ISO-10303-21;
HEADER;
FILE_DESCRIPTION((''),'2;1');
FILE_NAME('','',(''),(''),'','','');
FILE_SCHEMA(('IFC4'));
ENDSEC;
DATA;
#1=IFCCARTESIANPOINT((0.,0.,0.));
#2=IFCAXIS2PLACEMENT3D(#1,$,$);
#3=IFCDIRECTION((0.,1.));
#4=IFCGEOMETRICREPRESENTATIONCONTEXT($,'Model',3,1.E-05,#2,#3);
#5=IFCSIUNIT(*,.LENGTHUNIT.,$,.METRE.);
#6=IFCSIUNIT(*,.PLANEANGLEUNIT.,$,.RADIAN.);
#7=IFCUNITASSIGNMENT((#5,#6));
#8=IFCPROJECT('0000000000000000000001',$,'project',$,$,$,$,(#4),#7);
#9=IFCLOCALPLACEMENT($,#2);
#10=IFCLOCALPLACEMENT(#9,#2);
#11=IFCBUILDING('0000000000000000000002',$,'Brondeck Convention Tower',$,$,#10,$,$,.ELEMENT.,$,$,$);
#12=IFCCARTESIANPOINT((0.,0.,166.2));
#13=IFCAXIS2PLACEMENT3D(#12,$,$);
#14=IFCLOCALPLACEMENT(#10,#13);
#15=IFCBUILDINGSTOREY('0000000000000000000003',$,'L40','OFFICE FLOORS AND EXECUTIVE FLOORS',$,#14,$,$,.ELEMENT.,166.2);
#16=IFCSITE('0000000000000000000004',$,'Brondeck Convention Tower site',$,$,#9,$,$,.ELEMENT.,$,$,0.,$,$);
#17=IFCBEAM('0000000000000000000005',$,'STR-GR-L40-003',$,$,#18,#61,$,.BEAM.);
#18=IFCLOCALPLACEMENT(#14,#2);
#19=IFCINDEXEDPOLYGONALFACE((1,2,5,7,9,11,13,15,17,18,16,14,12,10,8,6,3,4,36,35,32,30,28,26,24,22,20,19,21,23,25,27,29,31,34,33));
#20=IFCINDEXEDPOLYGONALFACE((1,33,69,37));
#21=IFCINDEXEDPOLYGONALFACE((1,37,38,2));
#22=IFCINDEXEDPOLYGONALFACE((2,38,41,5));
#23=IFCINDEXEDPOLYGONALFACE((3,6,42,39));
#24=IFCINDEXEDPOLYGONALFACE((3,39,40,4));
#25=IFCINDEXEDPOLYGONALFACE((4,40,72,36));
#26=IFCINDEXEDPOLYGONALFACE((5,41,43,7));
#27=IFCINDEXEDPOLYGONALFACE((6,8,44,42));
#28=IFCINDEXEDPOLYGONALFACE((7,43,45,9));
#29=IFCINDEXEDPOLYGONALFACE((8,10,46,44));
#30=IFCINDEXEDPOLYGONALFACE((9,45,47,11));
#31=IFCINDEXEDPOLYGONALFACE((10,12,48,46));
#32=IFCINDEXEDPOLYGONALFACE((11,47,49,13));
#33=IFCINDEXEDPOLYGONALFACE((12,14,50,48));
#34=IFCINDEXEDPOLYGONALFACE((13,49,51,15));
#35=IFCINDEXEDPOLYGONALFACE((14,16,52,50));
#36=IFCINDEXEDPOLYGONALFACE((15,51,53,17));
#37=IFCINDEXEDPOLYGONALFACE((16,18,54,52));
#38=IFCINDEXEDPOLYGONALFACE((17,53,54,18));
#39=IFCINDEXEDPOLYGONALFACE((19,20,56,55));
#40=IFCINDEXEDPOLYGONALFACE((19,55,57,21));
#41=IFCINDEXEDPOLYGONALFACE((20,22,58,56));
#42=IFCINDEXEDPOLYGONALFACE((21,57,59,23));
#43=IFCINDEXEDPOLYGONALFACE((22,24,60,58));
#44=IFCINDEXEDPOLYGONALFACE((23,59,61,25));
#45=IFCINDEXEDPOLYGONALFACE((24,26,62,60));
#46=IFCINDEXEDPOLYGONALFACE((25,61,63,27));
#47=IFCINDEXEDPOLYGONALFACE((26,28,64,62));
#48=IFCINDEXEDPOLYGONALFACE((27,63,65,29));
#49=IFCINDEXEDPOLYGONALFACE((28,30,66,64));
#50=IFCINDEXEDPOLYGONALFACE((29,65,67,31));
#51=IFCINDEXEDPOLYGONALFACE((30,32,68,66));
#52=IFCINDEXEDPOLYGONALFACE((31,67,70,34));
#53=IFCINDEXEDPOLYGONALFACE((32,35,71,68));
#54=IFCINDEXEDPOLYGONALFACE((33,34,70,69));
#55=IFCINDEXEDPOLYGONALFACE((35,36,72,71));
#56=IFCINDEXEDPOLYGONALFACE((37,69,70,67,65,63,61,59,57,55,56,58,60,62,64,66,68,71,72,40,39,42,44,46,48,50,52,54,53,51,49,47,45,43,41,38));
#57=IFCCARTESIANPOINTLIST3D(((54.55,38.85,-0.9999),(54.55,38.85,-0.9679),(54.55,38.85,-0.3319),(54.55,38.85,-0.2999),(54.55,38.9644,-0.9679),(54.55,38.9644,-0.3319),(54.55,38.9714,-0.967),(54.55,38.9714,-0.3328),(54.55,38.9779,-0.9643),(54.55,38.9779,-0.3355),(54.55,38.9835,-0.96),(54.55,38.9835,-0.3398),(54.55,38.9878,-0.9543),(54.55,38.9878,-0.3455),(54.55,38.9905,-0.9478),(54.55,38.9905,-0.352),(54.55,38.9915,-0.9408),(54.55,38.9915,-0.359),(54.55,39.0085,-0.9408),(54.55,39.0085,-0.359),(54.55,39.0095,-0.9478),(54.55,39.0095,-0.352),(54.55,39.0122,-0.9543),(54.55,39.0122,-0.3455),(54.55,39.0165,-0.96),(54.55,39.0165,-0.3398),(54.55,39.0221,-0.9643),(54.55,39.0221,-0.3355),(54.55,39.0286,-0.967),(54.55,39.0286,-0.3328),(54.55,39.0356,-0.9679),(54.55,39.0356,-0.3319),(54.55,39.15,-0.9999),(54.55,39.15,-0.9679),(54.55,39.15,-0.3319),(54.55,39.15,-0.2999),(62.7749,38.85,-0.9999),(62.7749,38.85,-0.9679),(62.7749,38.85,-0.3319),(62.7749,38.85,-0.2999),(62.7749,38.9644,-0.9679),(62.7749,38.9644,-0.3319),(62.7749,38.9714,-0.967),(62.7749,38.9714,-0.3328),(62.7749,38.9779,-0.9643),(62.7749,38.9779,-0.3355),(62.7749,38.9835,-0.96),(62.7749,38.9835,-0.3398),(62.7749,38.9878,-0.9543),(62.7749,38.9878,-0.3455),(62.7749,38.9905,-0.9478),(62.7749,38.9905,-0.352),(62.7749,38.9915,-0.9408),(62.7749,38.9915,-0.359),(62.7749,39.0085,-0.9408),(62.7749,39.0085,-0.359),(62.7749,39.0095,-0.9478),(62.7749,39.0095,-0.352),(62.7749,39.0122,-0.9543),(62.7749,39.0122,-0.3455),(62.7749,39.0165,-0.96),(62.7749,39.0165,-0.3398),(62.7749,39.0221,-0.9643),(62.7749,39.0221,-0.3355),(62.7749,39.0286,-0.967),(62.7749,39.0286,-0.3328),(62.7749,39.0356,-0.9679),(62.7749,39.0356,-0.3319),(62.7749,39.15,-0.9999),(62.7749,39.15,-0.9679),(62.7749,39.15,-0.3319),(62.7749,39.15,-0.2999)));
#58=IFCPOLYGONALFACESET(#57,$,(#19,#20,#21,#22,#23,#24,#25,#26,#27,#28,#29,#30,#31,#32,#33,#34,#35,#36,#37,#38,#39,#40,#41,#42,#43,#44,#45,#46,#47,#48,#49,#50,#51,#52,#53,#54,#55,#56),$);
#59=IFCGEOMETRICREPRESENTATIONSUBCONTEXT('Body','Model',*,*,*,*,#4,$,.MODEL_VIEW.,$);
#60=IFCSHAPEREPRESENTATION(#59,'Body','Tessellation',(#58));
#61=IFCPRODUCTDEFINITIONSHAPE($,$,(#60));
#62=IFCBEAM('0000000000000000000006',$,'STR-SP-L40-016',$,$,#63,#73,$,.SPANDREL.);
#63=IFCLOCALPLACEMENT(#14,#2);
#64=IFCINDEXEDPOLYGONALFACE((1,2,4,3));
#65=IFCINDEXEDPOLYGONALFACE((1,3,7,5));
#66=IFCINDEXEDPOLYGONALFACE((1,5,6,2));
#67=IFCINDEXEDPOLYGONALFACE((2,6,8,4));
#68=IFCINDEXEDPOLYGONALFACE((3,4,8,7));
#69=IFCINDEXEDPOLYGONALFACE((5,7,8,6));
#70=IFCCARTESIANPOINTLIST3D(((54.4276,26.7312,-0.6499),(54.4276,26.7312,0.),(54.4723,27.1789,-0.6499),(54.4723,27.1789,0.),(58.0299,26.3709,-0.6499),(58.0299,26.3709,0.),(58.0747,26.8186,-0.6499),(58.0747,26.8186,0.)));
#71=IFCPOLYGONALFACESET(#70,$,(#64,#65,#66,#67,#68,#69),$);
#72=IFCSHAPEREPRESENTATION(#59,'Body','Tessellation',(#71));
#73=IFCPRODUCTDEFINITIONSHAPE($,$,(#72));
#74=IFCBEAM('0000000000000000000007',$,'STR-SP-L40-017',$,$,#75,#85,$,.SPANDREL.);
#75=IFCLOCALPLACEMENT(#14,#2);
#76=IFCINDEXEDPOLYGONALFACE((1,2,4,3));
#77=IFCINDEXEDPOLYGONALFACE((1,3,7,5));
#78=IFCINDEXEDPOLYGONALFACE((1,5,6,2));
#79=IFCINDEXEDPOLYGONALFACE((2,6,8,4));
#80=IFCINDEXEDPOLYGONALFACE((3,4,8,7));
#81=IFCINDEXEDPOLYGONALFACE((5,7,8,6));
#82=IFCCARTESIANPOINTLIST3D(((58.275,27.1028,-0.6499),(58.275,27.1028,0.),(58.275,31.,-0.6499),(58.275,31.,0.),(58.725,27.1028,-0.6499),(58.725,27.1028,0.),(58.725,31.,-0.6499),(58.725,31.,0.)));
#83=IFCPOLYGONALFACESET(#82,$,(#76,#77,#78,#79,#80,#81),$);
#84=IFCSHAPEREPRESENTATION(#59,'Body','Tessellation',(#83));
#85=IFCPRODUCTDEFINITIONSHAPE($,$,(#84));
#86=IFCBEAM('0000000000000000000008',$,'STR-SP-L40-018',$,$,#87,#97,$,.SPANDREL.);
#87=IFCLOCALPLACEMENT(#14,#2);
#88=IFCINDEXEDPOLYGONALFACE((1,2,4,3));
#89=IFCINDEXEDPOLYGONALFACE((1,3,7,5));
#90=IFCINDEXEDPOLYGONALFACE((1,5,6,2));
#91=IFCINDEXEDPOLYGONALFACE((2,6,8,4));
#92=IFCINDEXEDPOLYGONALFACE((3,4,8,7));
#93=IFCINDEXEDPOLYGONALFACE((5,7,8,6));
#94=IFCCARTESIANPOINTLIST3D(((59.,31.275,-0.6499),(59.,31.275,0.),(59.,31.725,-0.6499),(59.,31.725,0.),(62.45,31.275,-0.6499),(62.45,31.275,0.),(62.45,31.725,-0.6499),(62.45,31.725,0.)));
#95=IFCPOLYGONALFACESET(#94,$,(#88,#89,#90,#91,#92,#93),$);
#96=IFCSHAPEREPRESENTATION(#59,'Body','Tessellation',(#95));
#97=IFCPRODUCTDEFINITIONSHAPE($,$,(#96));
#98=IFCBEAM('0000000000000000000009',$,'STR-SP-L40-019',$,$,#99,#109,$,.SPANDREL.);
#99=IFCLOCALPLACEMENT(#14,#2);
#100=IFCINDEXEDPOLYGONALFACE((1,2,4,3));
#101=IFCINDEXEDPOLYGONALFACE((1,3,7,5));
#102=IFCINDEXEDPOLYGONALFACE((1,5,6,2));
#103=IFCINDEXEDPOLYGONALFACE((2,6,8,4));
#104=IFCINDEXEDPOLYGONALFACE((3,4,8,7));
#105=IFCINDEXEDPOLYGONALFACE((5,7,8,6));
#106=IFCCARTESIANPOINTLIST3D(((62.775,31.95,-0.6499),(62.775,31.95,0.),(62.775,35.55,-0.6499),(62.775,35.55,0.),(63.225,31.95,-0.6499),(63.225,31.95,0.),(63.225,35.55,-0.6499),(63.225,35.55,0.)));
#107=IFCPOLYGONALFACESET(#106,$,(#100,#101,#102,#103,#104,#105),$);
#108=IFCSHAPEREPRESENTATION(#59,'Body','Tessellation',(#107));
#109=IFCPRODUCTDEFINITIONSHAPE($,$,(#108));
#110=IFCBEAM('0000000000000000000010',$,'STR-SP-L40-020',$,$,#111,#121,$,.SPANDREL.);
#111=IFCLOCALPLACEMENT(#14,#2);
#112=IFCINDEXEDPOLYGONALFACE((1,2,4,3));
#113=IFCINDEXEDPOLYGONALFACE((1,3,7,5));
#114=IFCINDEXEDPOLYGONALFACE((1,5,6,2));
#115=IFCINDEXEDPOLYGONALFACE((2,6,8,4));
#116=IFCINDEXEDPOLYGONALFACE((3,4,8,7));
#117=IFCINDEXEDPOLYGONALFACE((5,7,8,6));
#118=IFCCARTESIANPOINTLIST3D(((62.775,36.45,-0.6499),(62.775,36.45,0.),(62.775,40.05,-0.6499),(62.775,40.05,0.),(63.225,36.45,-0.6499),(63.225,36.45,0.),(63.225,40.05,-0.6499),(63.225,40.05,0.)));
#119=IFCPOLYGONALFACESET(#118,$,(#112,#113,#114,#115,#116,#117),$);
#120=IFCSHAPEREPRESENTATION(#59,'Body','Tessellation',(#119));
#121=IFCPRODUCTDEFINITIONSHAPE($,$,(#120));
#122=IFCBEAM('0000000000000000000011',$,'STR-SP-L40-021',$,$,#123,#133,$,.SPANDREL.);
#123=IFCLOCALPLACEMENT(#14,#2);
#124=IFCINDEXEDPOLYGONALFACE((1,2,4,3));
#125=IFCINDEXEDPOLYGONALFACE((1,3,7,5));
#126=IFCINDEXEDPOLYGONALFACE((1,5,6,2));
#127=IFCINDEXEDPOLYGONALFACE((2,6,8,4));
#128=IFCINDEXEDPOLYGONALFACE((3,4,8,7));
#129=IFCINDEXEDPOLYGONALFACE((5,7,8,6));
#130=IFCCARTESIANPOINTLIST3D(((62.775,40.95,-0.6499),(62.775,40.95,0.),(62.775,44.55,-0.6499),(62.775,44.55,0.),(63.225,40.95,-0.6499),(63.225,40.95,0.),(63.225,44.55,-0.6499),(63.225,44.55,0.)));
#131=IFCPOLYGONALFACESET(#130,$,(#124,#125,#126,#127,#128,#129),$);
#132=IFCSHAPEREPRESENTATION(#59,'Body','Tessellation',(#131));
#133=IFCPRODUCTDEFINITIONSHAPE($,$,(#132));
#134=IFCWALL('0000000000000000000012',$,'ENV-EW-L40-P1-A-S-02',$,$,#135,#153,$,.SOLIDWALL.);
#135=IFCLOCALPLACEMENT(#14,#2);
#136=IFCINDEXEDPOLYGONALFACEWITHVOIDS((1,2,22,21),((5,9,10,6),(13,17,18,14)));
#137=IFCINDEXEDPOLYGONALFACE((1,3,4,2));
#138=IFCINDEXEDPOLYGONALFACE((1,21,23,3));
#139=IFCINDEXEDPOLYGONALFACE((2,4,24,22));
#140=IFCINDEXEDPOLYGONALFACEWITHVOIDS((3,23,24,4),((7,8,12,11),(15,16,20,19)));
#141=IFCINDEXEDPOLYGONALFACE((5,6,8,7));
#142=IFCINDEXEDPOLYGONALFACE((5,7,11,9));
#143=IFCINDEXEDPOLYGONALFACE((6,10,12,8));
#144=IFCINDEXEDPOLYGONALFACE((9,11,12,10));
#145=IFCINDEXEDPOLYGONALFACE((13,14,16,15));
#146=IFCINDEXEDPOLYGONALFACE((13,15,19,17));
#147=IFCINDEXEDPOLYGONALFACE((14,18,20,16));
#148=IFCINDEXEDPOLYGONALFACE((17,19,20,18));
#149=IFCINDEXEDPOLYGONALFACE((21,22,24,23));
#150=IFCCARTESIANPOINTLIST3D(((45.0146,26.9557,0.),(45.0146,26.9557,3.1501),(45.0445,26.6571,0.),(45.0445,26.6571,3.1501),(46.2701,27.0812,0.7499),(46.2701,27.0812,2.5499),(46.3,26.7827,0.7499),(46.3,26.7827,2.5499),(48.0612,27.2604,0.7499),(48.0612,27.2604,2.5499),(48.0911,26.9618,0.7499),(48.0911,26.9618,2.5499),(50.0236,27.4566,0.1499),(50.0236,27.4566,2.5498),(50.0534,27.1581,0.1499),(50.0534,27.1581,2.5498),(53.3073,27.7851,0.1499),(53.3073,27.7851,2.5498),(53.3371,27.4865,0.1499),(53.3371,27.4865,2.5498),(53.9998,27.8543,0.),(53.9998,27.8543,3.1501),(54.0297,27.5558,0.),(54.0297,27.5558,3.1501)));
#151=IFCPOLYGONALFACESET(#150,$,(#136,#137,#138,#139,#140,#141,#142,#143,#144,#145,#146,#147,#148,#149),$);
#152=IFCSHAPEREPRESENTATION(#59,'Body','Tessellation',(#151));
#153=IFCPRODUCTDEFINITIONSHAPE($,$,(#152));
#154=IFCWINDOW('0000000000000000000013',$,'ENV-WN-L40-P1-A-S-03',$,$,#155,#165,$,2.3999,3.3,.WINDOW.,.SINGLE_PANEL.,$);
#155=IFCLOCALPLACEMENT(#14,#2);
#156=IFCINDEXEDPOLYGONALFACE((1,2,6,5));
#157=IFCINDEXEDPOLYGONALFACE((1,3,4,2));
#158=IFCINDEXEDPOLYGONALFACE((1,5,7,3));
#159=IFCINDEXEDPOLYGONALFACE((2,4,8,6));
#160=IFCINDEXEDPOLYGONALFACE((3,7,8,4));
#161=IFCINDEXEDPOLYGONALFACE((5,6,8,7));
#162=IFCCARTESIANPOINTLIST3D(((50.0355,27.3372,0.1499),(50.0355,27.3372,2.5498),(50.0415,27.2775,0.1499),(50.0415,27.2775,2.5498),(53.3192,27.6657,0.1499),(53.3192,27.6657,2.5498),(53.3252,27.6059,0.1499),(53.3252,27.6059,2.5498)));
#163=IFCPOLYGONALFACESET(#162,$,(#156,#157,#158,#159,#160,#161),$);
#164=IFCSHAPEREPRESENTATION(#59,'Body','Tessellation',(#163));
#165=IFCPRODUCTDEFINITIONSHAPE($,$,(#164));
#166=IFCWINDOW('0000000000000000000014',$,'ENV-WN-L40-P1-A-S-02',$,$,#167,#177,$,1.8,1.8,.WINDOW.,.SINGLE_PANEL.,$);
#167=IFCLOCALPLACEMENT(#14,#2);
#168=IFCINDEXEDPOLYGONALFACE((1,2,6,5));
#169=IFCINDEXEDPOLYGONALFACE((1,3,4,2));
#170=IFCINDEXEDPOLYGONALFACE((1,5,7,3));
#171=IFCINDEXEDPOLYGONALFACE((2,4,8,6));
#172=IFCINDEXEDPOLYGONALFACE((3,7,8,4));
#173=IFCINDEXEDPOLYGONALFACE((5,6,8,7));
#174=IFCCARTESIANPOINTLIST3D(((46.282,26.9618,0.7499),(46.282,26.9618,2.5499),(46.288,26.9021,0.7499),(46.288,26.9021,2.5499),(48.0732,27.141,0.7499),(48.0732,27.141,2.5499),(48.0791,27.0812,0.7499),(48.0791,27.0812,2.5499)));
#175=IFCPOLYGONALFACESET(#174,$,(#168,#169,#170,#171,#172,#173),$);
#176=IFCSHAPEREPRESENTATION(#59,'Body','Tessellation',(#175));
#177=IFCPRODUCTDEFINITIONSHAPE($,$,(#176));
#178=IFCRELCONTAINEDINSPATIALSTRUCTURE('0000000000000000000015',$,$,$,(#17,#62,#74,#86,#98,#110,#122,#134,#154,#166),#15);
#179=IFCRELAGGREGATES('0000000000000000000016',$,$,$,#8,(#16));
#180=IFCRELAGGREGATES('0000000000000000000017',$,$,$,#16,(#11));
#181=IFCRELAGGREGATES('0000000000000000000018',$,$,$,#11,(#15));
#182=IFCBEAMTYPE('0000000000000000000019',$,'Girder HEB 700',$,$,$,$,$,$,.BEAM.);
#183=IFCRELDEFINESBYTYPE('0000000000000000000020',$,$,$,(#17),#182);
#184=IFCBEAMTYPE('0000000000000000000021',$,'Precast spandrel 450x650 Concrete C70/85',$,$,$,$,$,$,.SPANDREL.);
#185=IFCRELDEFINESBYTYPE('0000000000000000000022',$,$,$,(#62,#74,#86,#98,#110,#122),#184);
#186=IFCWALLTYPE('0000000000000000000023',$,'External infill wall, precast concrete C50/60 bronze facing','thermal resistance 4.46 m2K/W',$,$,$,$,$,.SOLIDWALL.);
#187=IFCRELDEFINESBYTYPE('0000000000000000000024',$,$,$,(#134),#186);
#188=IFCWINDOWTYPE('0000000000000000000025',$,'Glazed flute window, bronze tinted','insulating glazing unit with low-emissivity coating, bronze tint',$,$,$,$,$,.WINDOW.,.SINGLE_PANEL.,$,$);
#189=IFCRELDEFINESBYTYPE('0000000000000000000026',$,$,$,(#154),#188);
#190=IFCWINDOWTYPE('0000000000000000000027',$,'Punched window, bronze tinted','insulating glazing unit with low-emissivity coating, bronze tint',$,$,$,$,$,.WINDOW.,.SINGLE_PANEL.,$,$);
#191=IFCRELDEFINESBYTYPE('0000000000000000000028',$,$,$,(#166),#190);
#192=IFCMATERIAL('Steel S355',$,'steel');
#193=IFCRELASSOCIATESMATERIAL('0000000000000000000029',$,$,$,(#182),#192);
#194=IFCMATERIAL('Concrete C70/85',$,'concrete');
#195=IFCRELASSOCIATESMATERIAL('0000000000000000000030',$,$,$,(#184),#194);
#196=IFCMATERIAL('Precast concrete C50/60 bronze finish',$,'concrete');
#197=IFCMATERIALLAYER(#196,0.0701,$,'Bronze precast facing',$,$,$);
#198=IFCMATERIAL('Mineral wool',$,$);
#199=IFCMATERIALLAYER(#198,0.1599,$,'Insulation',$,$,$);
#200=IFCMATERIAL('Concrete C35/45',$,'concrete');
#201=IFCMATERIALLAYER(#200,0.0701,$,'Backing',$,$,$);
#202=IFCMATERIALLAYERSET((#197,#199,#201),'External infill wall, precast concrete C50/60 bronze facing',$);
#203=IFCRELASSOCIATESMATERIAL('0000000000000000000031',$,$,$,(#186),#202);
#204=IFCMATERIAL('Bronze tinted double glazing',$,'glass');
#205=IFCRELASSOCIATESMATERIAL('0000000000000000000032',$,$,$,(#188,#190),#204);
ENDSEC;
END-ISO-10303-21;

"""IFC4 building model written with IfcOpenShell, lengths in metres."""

from ifc_helpers import new_model, si_unit, direction, frame, frame_2d, origin, origin_2d, place, context, subcontext, project, spatial, rectangle, i_section, extrude, material, layer, layer_set, material_profile, profile_set, type_object, element, fill, save


model = new_model("IFC4")

# Units and contexts
model_context = context("Model", 3, precision=1e-05, world=origin(), true_north=direction((0.0, 1.0)))
body_context = subcontext(model_context, "Body", "Model", "MODEL_VIEW")
ifc_project = project(units=[si_unit("LENGTHUNIT", "METRE"), si_unit("PLANEANGLEUNIT", "RADIAN")], contexts=[model_context])

# Site, building, storey
site_placement = place(None, origin())
site = spatial("IfcSite", under=ifc_project, at=site_placement, Name="Brondeck Convention Tower site", CompositionType="ELEMENT", RefElevation=0.0)
building_placement = place(site_placement, origin())
building = spatial("IfcBuilding", under=site, at=building_placement, Name="Brondeck Convention Tower", CompositionType="ELEMENT")
storey_placement = place(building_placement, frame((0.0, 0.0, 166.2)))
storey = spatial("IfcBuildingStorey", under=building, at=storey_placement, Name="L40", Description="OFFICE FLOORS AND EXECUTIVE FLOORS", CompositionType="ELEMENT", Elevation=166.2)

# Shared definitions
ifc_material_1 = material(Name="Concrete C70/85", Category="concrete")

# Beams
ifc_material_2 = material(Name="Steel S355", Category="steel")
ifc_material_profile_1 = material_profile(ifc_material_2, i_section(OverallWidth=0.3, OverallDepth=0.7, WebThickness=0.0171, FlangeThickness=0.032, FilletRadius=0.0271, at=origin_2d()), Name="HEB 700")
ifc_profile_set_1 = profile_set([ifc_material_profile_1], Name="Steel S355")
beam_type_1 = type_object("IfcBeamType", Name="Girder HEB 700", PredefinedType="BEAM", material=ifc_profile_set_1)
beam_1_placement = place(storey_placement, frame((54.55, 39.0, -0.6499), z_axis=(1.0, 0.0, 0.0), x_axis=(0.0, 1.0, 0.0)))
element("IfcBeam", 1, at=beam_1_placement, inside=storey, type_object=beam_type_1, Name="STR-GR-L40-003", PredefinedType="BEAM", context=body_context, shape_type="SweptSolid", body=[
    extrude(i_section(OverallWidth=0.3, OverallDepth=0.7, WebThickness=0.0171, FlangeThickness=0.032, FilletRadius=0.0271, at=origin_2d()), origin(), (0.0, 0.0, 1.0), 8.2249),
])
ifc_material_profile_2 = material_profile(ifc_material_1, rectangle(XDim=0.45, YDim=0.6499, at=origin_2d()), Name="Precast spandrel 450x650 Concrete C70/85")
ifc_profile_set_2 = profile_set([ifc_material_profile_2], Name="Concrete C70/85")
beam_type_2 = type_object("IfcBeamType", Name="Precast spandrel 450x650 Concrete C70/85", PredefinedType="SPANDREL", material=ifc_profile_set_2)
beam_2_placement = place(storey_placement, frame((54.45, 26.9551, -0.325), z_axis=(0.995034, -0.099537, 0.0), x_axis=(0.099537, 0.995034, 0.0)))
element("IfcBeam", 2, at=beam_2_placement, inside=storey, type_object=beam_type_2, Name="STR-SP-L40-016", PredefinedType="SPANDREL", context=body_context, shape_type="SweptSolid", body=[
    extrude(rectangle(XDim=0.45, YDim=0.6499, at=origin_2d()), origin(), (0.0, 0.0, 1.0), 3.6204),
])
beam_3_placement = place(storey_placement, frame((58.5, 27.1028, -0.325), z_axis=(0.0, 1.0, 0.0), x_axis=(-1.0, 0.0, 0.0)))
element("IfcBeam", 3, at=beam_3_placement, inside=storey, type_object=beam_type_2, Name="STR-SP-L40-017", PredefinedType="SPANDREL", context=body_context, shape_type="SweptSolid", body=[
    extrude(rectangle(XDim=0.45, YDim=0.6499, at=origin_2d()), origin(), (0.0, 0.0, 1.0), 3.8972),
])
beam_4_placement = place(storey_placement, frame((59.0, 31.5, -0.325), z_axis=(1.0, 0.0, 0.0), x_axis=(0.0, 1.0, 0.0)))
element("IfcBeam", 4, at=beam_4_placement, inside=storey, type_object=beam_type_2, Name="STR-SP-L40-018", PredefinedType="SPANDREL", context=body_context, shape_type="SweptSolid", body=[
    extrude(rectangle(XDim=0.45, YDim=0.6499, at=origin_2d()), origin(), (0.0, 0.0, 1.0), 3.45),
])
for number, where, z_axis, x_axis, name in (
    (5, (63.0, 31.95, -0.325), (0.0, 1.0, 0.0), (-1.0, 0.0, 0.0), "STR-SP-L40-019"),
    (6, (63.0, 36.45, -0.325), (0.0, 1.0, 0.0), (-1.0, 0.0, 0.0), "STR-SP-L40-020"),
    (7, (63.0, 40.95, -0.325), (0.0, 1.0, 0.0), (-1.0, 0.0, 0.0), "STR-SP-L40-021"),
):
    element("IfcBeam", number, at=place(storey_placement, frame(where, z_axis=z_axis, x_axis=x_axis)), inside=storey, type_object=beam_type_2, Name=name, PredefinedType="SPANDREL", context=body_context, shape_type="SweptSolid", body=[
        extrude(rectangle(XDim=0.45, YDim=0.6499, at=origin_2d()), origin(), (0.0, 0.0, 1.0), 3.6001),
    ])

# Wall, openings, windows
ifc_material_3 = material(Name="Precast concrete C50/60 bronze finish", Category="concrete")
ifc_layer_1 = layer(ifc_material_3, 0.0701, Name="Bronze precast facing")
ifc_material_4 = material(Name="Mineral wool")
ifc_layer_2 = layer(ifc_material_4, 0.1599, Name="Insulation")
ifc_material_5 = material(Name="Concrete C35/45", Category="concrete")
ifc_layer_3 = layer(ifc_material_5, 0.0701, Name="Backing")
ifc_layer_set_1 = layer_set([ifc_layer_1, ifc_layer_2, ifc_layer_3], Name="External infill wall, precast concrete C50/60 bronze facing")
wall_type_1 = type_object("IfcWallType", Name="External infill wall, precast concrete C50/60 bronze facing", Description="thermal resistance 4.46 m2K/W", PredefinedType="SOLIDWALL", material=ifc_layer_set_1)
wall_1_placement = place(storey_placement, frame((54.0149, 27.7051, 0.0), z_axis=(0.0, 0.0, 1.0), x_axis=(-0.995035, -0.099522, 0.0)))
wall_1 = element("IfcWall", 8, at=wall_1_placement, inside=storey, type_object=wall_type_1, Name="ENV-EW-L40-P1-A-S-02", PredefinedType="SOLIDWALL", context=body_context, shape_type="SweptSolid", body=[
    extrude(rectangle(XDim=9.03, YDim=0.3, at=frame_2d((4.5151, 0.0))), origin(), (0.0, 0.0, 1.0), 3.1501),
])
opening_1_placement = place(wall_1_placement, frame((0.6963, 0.0, 0.1499)))
opening_1 = element("IfcOpeningElement", 9, at=opening_1_placement, cuts=wall_1, PredefinedType="OPENING", context=body_context, shape_type="SweptSolid", body=[
    extrude(rectangle(XDim=3.3, YDim=2.3999, at=frame_2d((1.6499, 1.2))), frame((0.0, 0.1599, 0.0), z_axis=(0.0, -1.0, 0.0), x_axis=(1.0, 0.0, 0.0)), (0.0, 0.0, 1.0), 0.3201),
])
opening_2_placement = place(wall_1_placement, frame((5.9685, 0.0, 0.75)))
opening_2 = element("IfcOpeningElement", 10, at=opening_2_placement, cuts=wall_1, PredefinedType="OPENING", context=body_context, shape_type="SweptSolid", body=[
    extrude(rectangle(XDim=1.8, YDim=1.8, at=frame_2d((0.8999, 0.8999))), frame((0.0, 0.1599, 0.0), z_axis=(0.0, -1.0, 0.0), x_axis=(1.0, 0.0, 0.0)), (0.0, 0.0, 1.0), 0.3201),
])
ifc_material_6 = material(Name="Bronze tinted double glazing", Category="glass")
window_type_1 = type_object("IfcWindowType", Name="Glazed flute window, bronze tinted", Description="insulating glazing unit with low-emissivity coating, bronze tint", PartitioningType="SINGLE_PANEL", PredefinedType="WINDOW", material=ifc_material_6)
window_1_placement = place(opening_1_placement, origin())
window_1 = element("IfcWindow", 11, at=window_1_placement, inside=storey, type_object=window_type_1, Name="ENV-WN-L40-P1-A-S-03", OverallHeight=2.3999, OverallWidth=3.3, PartitioningType="SINGLE_PANEL", PredefinedType="WINDOW", context=body_context, shape_type="SweptSolid", body=[
    extrude(rectangle(XDim=3.3, YDim=2.3999, at=frame_2d((1.6499, 1.2))), frame((0.0, 0.03, 0.0), z_axis=(0.0, -1.0, 0.0), x_axis=(1.0, 0.0, 0.0)), (0.0, 0.0, 1.0), 0.0601),
])
fill(opening_1, window_1)
window_type_2 = type_object("IfcWindowType", Name="Punched window, bronze tinted", Description="insulating glazing unit with low-emissivity coating, bronze tint", PartitioningType="SINGLE_PANEL", PredefinedType="WINDOW", material=ifc_material_6)
window_2_placement = place(opening_2_placement, origin())
window_2 = element("IfcWindow", 12, at=window_2_placement, inside=storey, type_object=window_type_2, Name="ENV-WN-L40-P1-A-S-02", OverallHeight=1.8, OverallWidth=1.8, PartitioningType="SINGLE_PANEL", PredefinedType="WINDOW", context=body_context, shape_type="SweptSolid", body=[
    extrude(rectangle(XDim=1.8, YDim=1.8, at=frame_2d((0.8999, 0.8999))), frame((0.0, 0.03, 0.0), z_axis=(0.0, -1.0, 0.0), x_axis=(1.0, 0.0, 0.0)), (0.0, 0.0, 1.0), 0.0601),
])
fill(opening_2, window_2)

save(model, "model.ifc")
